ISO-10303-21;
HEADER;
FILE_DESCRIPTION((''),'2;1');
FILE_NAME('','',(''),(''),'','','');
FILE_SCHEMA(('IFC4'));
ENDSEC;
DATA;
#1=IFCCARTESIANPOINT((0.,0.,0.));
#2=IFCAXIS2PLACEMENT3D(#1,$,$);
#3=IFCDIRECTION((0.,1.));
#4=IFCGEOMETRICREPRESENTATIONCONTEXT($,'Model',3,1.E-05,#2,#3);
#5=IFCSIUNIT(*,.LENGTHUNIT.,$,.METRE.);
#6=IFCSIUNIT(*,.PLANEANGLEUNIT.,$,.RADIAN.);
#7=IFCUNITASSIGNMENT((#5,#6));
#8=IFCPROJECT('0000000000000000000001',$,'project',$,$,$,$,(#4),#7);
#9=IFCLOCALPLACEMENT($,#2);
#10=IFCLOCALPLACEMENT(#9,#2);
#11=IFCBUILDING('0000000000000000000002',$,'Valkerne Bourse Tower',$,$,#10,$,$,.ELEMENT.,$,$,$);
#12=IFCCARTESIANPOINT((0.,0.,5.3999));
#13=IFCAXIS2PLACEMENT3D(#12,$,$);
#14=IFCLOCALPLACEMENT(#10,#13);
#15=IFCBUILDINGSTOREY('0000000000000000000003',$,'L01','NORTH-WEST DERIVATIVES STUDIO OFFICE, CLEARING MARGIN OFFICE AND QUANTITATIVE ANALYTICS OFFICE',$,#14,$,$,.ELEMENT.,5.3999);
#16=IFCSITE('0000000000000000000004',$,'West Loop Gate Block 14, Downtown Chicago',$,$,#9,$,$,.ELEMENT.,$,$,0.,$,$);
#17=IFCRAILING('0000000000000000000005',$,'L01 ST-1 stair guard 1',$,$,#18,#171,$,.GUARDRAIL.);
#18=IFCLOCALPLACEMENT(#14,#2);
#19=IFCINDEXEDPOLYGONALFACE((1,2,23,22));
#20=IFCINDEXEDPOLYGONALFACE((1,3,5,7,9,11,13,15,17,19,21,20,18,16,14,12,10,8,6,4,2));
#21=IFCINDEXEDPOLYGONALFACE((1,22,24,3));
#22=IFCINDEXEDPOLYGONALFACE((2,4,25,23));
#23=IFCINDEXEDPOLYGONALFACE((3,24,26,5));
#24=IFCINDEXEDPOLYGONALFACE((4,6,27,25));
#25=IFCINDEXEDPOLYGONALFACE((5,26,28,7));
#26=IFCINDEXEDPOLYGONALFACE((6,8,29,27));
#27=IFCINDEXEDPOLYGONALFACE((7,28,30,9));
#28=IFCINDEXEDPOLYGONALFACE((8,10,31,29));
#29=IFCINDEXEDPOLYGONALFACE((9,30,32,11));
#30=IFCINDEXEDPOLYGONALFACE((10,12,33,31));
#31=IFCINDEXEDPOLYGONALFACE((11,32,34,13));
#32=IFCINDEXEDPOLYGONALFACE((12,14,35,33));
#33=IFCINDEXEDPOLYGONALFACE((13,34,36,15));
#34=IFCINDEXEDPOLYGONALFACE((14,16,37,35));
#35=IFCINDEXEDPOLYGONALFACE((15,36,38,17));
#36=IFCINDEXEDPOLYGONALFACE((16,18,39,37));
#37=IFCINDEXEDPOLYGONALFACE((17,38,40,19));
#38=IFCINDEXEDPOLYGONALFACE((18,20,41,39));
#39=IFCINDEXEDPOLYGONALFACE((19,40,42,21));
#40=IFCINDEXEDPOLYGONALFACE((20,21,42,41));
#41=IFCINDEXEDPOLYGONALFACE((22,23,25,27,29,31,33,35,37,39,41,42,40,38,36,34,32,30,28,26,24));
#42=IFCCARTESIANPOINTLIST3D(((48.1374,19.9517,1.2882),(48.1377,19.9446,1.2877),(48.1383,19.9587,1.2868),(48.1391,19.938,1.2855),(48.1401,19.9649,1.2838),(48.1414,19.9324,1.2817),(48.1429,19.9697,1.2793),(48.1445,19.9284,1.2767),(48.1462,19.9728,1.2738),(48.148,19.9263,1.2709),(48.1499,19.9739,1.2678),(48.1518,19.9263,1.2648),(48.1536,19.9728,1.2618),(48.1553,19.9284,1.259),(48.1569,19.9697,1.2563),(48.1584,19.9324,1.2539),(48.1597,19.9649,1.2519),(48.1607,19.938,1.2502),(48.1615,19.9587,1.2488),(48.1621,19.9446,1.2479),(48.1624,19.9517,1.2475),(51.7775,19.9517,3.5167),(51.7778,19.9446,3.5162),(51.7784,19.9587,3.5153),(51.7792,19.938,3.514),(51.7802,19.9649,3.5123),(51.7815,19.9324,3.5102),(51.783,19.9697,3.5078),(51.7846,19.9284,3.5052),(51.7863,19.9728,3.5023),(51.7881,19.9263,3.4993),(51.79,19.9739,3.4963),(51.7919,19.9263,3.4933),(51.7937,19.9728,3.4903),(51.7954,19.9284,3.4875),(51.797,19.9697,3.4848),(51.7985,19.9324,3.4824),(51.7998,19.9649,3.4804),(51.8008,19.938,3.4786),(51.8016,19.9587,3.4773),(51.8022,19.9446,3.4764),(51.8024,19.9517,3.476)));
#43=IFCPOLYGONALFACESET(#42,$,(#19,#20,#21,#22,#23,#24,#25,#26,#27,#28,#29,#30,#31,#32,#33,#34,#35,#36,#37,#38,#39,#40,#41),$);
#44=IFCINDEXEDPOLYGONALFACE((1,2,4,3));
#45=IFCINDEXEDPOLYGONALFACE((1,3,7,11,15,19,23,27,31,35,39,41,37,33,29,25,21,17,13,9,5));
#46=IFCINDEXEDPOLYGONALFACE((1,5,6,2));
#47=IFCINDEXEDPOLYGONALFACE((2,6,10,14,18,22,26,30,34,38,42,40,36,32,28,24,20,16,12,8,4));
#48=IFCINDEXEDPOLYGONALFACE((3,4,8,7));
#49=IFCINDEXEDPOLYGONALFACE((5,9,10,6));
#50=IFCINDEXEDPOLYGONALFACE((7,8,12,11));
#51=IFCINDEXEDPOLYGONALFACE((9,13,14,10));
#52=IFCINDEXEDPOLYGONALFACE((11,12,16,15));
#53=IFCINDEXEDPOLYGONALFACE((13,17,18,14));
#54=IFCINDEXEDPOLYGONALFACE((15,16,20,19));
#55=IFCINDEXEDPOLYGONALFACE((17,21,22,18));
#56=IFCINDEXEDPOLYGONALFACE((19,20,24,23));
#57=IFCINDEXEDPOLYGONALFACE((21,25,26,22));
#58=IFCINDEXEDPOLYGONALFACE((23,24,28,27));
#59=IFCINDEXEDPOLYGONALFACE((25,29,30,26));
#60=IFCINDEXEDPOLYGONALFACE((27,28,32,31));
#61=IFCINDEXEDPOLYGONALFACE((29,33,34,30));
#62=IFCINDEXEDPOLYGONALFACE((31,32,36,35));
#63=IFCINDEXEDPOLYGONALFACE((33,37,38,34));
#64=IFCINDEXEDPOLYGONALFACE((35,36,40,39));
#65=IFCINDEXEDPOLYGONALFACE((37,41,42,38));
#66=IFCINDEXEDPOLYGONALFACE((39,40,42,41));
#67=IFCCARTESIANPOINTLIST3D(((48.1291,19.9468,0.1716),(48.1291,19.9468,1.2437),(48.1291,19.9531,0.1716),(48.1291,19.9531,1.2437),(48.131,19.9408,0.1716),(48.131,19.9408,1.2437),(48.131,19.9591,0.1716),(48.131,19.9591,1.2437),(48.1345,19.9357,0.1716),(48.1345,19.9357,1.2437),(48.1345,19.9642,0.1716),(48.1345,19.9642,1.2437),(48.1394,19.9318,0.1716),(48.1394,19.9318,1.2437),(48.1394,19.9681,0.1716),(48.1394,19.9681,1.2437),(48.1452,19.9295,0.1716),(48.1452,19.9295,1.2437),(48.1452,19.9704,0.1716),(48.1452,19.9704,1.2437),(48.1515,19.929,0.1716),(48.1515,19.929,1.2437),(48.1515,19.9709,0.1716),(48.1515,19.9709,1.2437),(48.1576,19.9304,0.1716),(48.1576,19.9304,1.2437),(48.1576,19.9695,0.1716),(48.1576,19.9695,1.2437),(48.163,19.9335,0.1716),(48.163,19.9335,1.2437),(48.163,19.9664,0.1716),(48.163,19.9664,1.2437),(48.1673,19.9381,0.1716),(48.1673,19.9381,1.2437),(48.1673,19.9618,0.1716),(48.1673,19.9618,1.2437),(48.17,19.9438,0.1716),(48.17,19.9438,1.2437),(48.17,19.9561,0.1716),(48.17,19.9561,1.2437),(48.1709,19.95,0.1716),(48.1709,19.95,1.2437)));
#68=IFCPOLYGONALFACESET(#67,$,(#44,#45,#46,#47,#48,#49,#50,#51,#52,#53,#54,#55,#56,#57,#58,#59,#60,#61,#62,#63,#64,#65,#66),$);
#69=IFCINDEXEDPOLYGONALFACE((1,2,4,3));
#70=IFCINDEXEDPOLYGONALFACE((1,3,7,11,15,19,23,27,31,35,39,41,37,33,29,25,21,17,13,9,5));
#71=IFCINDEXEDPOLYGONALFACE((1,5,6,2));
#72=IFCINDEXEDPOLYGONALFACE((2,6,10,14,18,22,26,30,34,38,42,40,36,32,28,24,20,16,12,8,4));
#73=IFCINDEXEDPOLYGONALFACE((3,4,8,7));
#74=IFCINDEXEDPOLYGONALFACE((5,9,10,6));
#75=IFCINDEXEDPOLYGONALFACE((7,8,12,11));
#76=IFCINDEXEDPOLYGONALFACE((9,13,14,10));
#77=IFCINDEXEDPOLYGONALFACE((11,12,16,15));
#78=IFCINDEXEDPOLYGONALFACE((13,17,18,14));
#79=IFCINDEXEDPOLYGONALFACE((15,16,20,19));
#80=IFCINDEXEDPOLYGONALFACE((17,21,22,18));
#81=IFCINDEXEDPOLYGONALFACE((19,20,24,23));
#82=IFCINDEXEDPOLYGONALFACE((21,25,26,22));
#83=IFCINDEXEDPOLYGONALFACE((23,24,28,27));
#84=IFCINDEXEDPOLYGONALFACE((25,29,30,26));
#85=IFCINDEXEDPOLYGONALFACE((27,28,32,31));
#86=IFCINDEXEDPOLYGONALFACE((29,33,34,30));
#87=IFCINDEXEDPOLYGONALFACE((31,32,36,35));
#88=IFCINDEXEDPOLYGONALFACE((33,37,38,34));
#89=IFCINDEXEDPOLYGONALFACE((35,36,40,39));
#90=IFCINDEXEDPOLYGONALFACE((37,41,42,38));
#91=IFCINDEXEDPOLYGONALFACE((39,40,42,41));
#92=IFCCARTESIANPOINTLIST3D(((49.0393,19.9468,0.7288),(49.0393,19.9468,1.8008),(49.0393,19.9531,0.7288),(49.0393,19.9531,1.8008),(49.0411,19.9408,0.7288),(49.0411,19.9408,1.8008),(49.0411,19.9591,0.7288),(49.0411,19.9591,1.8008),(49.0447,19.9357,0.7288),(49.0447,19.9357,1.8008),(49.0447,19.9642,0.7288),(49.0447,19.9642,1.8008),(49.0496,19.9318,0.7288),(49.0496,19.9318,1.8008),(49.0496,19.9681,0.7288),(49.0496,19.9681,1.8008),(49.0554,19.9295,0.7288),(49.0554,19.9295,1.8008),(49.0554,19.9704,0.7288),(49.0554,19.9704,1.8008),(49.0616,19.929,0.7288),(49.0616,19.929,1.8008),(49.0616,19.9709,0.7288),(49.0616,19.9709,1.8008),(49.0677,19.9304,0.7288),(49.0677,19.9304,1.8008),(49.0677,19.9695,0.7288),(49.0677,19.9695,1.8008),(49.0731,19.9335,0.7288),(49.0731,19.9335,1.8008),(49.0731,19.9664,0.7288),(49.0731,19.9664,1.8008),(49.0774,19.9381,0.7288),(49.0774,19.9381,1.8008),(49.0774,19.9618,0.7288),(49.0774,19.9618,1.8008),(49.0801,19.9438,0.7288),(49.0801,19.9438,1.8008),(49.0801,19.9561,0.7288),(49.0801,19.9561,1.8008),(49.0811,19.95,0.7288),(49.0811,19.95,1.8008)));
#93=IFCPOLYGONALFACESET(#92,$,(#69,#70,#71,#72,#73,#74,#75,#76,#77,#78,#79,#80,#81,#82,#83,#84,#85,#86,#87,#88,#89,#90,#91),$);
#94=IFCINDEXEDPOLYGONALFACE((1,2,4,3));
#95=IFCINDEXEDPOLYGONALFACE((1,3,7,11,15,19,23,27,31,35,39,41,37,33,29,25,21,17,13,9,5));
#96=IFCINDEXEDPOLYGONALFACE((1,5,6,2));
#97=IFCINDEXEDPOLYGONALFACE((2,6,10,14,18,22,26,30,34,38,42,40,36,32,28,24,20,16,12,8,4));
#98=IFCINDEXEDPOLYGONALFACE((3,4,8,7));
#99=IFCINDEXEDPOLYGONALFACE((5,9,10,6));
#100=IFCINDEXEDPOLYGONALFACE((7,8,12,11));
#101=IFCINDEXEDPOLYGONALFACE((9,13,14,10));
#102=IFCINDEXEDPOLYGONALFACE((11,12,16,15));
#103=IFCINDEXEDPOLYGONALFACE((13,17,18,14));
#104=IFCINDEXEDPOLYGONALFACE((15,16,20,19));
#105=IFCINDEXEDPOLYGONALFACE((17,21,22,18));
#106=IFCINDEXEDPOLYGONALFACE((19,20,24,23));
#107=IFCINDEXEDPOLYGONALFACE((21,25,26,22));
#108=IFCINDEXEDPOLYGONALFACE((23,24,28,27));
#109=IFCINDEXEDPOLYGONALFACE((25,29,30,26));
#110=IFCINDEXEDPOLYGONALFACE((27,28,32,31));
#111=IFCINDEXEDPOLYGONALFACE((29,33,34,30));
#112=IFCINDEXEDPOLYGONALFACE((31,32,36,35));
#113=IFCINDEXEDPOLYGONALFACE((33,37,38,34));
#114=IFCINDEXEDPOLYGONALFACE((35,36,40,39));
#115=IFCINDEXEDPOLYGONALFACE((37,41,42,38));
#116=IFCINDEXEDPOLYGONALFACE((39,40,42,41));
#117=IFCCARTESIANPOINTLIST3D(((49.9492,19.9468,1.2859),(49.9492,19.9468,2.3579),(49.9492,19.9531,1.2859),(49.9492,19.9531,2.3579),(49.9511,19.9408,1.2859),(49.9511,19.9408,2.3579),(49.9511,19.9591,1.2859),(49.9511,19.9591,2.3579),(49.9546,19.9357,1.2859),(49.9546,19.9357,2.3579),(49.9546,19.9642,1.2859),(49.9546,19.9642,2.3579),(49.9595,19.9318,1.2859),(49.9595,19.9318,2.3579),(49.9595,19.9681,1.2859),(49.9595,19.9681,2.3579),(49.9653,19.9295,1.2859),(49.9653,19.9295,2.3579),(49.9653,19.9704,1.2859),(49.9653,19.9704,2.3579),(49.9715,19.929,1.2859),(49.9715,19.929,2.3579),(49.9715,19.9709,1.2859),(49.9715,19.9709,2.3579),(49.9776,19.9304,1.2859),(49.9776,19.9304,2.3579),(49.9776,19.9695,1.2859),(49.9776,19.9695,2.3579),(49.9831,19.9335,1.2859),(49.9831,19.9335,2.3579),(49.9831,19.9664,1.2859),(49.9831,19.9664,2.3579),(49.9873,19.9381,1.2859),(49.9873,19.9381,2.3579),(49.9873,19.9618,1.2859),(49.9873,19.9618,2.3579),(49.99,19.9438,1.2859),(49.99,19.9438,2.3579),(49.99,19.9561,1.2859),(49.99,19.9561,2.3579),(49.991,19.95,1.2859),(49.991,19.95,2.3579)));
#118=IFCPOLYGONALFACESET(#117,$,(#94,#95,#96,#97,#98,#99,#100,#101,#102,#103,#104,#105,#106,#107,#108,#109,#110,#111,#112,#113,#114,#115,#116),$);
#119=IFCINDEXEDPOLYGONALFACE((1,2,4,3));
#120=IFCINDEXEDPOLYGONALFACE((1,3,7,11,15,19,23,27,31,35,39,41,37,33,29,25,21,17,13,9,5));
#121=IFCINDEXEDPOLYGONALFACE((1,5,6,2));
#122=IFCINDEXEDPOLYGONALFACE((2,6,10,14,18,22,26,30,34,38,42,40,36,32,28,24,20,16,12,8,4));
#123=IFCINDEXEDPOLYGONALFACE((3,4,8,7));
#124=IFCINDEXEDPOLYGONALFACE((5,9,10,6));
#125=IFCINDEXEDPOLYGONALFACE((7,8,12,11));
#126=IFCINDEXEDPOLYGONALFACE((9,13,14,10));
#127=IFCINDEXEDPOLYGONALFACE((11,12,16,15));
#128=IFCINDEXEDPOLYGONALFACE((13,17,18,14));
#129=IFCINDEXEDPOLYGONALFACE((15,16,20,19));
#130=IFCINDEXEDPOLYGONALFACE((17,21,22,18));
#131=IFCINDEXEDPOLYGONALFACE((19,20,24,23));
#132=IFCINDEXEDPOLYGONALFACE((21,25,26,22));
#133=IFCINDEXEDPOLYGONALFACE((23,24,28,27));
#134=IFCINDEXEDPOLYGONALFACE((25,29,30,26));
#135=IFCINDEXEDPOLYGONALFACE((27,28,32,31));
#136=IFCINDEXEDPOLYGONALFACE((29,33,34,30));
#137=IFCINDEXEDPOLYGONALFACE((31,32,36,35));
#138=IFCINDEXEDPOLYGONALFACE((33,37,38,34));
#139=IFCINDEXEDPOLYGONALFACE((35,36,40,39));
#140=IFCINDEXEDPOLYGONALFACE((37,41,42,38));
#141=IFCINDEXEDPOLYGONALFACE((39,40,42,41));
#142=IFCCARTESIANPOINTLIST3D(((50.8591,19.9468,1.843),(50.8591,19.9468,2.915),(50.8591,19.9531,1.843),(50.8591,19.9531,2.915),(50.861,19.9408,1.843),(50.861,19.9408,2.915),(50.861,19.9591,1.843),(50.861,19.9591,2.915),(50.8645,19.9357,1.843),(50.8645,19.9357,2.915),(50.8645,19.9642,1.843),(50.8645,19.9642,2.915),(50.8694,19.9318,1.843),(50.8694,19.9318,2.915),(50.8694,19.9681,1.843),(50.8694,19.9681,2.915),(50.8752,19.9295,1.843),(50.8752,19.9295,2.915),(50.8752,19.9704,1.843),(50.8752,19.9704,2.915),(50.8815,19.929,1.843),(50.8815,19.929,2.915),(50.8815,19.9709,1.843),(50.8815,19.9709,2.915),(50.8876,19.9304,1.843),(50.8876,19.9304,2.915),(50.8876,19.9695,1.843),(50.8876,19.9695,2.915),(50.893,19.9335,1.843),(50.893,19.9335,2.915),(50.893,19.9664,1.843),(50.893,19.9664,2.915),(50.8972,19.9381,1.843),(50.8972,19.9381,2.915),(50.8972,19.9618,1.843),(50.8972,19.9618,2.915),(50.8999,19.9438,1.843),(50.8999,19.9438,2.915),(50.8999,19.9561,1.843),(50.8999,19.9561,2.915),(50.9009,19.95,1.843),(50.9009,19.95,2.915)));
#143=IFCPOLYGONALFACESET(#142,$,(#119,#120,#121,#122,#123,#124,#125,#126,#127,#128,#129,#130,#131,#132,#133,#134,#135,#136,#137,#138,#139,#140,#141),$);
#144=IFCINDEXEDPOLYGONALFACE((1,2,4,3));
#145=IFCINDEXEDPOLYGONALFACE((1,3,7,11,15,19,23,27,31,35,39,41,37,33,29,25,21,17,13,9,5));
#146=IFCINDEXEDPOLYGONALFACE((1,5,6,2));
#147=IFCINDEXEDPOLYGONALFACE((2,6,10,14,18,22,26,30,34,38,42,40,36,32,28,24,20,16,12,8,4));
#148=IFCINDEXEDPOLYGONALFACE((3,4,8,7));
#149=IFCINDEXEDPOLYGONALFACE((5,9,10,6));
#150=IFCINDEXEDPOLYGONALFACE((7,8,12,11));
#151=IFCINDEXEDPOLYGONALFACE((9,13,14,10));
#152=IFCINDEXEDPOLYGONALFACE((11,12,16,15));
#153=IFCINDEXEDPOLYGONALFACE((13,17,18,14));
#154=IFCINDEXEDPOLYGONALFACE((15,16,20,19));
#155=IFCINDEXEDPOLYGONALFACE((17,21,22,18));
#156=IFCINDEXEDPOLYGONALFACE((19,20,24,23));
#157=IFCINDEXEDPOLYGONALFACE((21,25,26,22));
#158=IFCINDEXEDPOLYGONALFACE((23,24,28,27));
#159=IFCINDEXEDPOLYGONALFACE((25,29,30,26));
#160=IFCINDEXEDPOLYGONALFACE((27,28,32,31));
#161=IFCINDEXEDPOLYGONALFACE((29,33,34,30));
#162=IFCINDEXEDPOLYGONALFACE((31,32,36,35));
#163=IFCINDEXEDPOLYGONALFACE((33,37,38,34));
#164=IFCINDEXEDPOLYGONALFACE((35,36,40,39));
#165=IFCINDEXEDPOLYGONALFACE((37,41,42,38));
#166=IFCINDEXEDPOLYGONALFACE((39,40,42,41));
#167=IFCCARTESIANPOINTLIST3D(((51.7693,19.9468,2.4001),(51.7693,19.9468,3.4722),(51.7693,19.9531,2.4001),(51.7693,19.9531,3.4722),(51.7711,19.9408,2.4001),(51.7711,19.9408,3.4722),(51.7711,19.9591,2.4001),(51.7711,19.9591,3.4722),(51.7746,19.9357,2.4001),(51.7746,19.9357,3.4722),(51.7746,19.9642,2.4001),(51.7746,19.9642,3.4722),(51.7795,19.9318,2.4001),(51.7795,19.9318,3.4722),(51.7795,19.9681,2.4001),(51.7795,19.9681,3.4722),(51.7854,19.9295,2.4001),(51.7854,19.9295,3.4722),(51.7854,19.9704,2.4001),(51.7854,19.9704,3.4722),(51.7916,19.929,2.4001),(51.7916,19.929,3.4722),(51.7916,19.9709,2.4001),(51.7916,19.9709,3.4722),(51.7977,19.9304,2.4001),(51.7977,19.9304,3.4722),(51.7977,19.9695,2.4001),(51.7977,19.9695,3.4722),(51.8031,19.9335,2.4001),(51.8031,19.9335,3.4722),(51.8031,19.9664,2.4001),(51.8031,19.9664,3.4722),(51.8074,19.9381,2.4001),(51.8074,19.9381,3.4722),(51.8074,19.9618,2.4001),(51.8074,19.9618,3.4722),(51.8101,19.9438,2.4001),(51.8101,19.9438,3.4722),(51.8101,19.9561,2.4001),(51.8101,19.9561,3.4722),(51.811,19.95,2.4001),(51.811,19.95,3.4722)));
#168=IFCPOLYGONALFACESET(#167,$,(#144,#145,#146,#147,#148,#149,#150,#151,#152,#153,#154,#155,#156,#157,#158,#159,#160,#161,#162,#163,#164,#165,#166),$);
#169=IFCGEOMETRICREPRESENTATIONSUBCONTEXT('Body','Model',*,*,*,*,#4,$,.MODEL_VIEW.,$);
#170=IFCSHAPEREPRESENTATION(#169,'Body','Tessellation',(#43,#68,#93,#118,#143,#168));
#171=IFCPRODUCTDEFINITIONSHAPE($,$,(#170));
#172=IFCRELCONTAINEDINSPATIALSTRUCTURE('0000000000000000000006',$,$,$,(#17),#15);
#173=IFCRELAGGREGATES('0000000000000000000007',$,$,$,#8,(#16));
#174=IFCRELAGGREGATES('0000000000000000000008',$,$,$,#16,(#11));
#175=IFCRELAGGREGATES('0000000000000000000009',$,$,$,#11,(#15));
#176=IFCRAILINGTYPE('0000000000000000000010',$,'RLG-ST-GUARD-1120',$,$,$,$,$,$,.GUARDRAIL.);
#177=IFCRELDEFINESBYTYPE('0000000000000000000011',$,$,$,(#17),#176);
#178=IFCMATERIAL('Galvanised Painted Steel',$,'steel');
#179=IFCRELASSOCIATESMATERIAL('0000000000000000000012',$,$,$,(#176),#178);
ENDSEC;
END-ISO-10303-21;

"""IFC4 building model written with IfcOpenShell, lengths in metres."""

from ifc_helpers import new_model, si_unit, direction, frame, origin, origin_2d, place, context, subcontext, project, spatial, circle, extrude, material, type_object, element, save


model = new_model("IFC4")

# Units and contexts
model_context = context("Model", 3, precision=1e-05, world=origin(), true_north=direction((0.0, 1.0)))
body_context = subcontext(model_context, "Body", "Model", "MODEL_VIEW")
ifc_project = project(units=[si_unit("LENGTHUNIT", "METRE"), si_unit("PLANEANGLEUNIT", "RADIAN")], contexts=[model_context])

# Site, building, storey
site_placement = place(None, origin())
site = spatial("IfcSite", under=ifc_project, at=site_placement, Name="West Loop Gate Block 14, Downtown Chicago", CompositionType="ELEMENT", RefElevation=0.0)
building_placement = place(site_placement, origin())
building = spatial("IfcBuilding", under=site, at=building_placement, Name="Valkerne Bourse Tower", CompositionType="ELEMENT")
storey_placement = place(building_placement, frame((0.0, 0.0, 5.3999)))
storey = spatial("IfcBuildingStorey", under=building, at=storey_placement, Name="L01", Description="NORTH-WEST DERIVATIVES STUDIO OFFICE, CLEARING MARGIN OFFICE AND QUANTITATIVE ANALYTICS OFFICE", CompositionType="ELEMENT", Elevation=5.3999)

# Shared definitions
ifc_material_1 = material(Name="Galvanised Painted Steel", Category="steel")

# Railing
railing_type_1 = type_object("IfcRailingType", Name="RLG-ST-GUARD-1120", PredefinedType="GUARDRAIL", material=ifc_material_1)
railing_1_placement = place(storey_placement, frame((48.1499, 19.95, 0.1716)))
element("IfcRailing", 1, at=railing_1_placement, inside=storey, type_object=railing_type_1, Name="L01 ST-1 stair guard 1", PredefinedType="GUARDRAIL", context=body_context, shape_type="SweptSolid", body=[
    extrude(circle(Radius=0.0239, at=origin_2d()), frame((0.0, 0.0, 1.0962), z_axis=(0.852866, 0.0, 0.52213), x_axis=(0.0, 1.0, 0.0)), (0.0, 0.0, 1.0), 4.2681),
    extrude(circle(Radius=0.021, at=origin_2d()), origin(), (0.0, 0.0, 1.0), 1.072),
    extrude(circle(Radius=0.021, at=origin_2d()), frame((0.9102, 0.0, 0.5571)), (0.0, 0.0, 1.0), 1.072),
    extrude(circle(Radius=0.021, at=origin_2d()), frame((1.8201, 0.0, 1.1143)), (0.0, 0.0, 1.0), 1.072),
    extrude(circle(Radius=0.021, at=origin_2d()), frame((2.73, 0.0, 1.6714)), (0.0, 0.0, 1.0), 1.072),
    extrude(circle(Radius=0.021, at=origin_2d()), frame((3.6401, 0.0, 2.2285)), (0.0, 0.0, 1.0), 1.072),
])

save(model, "model.ifc")
